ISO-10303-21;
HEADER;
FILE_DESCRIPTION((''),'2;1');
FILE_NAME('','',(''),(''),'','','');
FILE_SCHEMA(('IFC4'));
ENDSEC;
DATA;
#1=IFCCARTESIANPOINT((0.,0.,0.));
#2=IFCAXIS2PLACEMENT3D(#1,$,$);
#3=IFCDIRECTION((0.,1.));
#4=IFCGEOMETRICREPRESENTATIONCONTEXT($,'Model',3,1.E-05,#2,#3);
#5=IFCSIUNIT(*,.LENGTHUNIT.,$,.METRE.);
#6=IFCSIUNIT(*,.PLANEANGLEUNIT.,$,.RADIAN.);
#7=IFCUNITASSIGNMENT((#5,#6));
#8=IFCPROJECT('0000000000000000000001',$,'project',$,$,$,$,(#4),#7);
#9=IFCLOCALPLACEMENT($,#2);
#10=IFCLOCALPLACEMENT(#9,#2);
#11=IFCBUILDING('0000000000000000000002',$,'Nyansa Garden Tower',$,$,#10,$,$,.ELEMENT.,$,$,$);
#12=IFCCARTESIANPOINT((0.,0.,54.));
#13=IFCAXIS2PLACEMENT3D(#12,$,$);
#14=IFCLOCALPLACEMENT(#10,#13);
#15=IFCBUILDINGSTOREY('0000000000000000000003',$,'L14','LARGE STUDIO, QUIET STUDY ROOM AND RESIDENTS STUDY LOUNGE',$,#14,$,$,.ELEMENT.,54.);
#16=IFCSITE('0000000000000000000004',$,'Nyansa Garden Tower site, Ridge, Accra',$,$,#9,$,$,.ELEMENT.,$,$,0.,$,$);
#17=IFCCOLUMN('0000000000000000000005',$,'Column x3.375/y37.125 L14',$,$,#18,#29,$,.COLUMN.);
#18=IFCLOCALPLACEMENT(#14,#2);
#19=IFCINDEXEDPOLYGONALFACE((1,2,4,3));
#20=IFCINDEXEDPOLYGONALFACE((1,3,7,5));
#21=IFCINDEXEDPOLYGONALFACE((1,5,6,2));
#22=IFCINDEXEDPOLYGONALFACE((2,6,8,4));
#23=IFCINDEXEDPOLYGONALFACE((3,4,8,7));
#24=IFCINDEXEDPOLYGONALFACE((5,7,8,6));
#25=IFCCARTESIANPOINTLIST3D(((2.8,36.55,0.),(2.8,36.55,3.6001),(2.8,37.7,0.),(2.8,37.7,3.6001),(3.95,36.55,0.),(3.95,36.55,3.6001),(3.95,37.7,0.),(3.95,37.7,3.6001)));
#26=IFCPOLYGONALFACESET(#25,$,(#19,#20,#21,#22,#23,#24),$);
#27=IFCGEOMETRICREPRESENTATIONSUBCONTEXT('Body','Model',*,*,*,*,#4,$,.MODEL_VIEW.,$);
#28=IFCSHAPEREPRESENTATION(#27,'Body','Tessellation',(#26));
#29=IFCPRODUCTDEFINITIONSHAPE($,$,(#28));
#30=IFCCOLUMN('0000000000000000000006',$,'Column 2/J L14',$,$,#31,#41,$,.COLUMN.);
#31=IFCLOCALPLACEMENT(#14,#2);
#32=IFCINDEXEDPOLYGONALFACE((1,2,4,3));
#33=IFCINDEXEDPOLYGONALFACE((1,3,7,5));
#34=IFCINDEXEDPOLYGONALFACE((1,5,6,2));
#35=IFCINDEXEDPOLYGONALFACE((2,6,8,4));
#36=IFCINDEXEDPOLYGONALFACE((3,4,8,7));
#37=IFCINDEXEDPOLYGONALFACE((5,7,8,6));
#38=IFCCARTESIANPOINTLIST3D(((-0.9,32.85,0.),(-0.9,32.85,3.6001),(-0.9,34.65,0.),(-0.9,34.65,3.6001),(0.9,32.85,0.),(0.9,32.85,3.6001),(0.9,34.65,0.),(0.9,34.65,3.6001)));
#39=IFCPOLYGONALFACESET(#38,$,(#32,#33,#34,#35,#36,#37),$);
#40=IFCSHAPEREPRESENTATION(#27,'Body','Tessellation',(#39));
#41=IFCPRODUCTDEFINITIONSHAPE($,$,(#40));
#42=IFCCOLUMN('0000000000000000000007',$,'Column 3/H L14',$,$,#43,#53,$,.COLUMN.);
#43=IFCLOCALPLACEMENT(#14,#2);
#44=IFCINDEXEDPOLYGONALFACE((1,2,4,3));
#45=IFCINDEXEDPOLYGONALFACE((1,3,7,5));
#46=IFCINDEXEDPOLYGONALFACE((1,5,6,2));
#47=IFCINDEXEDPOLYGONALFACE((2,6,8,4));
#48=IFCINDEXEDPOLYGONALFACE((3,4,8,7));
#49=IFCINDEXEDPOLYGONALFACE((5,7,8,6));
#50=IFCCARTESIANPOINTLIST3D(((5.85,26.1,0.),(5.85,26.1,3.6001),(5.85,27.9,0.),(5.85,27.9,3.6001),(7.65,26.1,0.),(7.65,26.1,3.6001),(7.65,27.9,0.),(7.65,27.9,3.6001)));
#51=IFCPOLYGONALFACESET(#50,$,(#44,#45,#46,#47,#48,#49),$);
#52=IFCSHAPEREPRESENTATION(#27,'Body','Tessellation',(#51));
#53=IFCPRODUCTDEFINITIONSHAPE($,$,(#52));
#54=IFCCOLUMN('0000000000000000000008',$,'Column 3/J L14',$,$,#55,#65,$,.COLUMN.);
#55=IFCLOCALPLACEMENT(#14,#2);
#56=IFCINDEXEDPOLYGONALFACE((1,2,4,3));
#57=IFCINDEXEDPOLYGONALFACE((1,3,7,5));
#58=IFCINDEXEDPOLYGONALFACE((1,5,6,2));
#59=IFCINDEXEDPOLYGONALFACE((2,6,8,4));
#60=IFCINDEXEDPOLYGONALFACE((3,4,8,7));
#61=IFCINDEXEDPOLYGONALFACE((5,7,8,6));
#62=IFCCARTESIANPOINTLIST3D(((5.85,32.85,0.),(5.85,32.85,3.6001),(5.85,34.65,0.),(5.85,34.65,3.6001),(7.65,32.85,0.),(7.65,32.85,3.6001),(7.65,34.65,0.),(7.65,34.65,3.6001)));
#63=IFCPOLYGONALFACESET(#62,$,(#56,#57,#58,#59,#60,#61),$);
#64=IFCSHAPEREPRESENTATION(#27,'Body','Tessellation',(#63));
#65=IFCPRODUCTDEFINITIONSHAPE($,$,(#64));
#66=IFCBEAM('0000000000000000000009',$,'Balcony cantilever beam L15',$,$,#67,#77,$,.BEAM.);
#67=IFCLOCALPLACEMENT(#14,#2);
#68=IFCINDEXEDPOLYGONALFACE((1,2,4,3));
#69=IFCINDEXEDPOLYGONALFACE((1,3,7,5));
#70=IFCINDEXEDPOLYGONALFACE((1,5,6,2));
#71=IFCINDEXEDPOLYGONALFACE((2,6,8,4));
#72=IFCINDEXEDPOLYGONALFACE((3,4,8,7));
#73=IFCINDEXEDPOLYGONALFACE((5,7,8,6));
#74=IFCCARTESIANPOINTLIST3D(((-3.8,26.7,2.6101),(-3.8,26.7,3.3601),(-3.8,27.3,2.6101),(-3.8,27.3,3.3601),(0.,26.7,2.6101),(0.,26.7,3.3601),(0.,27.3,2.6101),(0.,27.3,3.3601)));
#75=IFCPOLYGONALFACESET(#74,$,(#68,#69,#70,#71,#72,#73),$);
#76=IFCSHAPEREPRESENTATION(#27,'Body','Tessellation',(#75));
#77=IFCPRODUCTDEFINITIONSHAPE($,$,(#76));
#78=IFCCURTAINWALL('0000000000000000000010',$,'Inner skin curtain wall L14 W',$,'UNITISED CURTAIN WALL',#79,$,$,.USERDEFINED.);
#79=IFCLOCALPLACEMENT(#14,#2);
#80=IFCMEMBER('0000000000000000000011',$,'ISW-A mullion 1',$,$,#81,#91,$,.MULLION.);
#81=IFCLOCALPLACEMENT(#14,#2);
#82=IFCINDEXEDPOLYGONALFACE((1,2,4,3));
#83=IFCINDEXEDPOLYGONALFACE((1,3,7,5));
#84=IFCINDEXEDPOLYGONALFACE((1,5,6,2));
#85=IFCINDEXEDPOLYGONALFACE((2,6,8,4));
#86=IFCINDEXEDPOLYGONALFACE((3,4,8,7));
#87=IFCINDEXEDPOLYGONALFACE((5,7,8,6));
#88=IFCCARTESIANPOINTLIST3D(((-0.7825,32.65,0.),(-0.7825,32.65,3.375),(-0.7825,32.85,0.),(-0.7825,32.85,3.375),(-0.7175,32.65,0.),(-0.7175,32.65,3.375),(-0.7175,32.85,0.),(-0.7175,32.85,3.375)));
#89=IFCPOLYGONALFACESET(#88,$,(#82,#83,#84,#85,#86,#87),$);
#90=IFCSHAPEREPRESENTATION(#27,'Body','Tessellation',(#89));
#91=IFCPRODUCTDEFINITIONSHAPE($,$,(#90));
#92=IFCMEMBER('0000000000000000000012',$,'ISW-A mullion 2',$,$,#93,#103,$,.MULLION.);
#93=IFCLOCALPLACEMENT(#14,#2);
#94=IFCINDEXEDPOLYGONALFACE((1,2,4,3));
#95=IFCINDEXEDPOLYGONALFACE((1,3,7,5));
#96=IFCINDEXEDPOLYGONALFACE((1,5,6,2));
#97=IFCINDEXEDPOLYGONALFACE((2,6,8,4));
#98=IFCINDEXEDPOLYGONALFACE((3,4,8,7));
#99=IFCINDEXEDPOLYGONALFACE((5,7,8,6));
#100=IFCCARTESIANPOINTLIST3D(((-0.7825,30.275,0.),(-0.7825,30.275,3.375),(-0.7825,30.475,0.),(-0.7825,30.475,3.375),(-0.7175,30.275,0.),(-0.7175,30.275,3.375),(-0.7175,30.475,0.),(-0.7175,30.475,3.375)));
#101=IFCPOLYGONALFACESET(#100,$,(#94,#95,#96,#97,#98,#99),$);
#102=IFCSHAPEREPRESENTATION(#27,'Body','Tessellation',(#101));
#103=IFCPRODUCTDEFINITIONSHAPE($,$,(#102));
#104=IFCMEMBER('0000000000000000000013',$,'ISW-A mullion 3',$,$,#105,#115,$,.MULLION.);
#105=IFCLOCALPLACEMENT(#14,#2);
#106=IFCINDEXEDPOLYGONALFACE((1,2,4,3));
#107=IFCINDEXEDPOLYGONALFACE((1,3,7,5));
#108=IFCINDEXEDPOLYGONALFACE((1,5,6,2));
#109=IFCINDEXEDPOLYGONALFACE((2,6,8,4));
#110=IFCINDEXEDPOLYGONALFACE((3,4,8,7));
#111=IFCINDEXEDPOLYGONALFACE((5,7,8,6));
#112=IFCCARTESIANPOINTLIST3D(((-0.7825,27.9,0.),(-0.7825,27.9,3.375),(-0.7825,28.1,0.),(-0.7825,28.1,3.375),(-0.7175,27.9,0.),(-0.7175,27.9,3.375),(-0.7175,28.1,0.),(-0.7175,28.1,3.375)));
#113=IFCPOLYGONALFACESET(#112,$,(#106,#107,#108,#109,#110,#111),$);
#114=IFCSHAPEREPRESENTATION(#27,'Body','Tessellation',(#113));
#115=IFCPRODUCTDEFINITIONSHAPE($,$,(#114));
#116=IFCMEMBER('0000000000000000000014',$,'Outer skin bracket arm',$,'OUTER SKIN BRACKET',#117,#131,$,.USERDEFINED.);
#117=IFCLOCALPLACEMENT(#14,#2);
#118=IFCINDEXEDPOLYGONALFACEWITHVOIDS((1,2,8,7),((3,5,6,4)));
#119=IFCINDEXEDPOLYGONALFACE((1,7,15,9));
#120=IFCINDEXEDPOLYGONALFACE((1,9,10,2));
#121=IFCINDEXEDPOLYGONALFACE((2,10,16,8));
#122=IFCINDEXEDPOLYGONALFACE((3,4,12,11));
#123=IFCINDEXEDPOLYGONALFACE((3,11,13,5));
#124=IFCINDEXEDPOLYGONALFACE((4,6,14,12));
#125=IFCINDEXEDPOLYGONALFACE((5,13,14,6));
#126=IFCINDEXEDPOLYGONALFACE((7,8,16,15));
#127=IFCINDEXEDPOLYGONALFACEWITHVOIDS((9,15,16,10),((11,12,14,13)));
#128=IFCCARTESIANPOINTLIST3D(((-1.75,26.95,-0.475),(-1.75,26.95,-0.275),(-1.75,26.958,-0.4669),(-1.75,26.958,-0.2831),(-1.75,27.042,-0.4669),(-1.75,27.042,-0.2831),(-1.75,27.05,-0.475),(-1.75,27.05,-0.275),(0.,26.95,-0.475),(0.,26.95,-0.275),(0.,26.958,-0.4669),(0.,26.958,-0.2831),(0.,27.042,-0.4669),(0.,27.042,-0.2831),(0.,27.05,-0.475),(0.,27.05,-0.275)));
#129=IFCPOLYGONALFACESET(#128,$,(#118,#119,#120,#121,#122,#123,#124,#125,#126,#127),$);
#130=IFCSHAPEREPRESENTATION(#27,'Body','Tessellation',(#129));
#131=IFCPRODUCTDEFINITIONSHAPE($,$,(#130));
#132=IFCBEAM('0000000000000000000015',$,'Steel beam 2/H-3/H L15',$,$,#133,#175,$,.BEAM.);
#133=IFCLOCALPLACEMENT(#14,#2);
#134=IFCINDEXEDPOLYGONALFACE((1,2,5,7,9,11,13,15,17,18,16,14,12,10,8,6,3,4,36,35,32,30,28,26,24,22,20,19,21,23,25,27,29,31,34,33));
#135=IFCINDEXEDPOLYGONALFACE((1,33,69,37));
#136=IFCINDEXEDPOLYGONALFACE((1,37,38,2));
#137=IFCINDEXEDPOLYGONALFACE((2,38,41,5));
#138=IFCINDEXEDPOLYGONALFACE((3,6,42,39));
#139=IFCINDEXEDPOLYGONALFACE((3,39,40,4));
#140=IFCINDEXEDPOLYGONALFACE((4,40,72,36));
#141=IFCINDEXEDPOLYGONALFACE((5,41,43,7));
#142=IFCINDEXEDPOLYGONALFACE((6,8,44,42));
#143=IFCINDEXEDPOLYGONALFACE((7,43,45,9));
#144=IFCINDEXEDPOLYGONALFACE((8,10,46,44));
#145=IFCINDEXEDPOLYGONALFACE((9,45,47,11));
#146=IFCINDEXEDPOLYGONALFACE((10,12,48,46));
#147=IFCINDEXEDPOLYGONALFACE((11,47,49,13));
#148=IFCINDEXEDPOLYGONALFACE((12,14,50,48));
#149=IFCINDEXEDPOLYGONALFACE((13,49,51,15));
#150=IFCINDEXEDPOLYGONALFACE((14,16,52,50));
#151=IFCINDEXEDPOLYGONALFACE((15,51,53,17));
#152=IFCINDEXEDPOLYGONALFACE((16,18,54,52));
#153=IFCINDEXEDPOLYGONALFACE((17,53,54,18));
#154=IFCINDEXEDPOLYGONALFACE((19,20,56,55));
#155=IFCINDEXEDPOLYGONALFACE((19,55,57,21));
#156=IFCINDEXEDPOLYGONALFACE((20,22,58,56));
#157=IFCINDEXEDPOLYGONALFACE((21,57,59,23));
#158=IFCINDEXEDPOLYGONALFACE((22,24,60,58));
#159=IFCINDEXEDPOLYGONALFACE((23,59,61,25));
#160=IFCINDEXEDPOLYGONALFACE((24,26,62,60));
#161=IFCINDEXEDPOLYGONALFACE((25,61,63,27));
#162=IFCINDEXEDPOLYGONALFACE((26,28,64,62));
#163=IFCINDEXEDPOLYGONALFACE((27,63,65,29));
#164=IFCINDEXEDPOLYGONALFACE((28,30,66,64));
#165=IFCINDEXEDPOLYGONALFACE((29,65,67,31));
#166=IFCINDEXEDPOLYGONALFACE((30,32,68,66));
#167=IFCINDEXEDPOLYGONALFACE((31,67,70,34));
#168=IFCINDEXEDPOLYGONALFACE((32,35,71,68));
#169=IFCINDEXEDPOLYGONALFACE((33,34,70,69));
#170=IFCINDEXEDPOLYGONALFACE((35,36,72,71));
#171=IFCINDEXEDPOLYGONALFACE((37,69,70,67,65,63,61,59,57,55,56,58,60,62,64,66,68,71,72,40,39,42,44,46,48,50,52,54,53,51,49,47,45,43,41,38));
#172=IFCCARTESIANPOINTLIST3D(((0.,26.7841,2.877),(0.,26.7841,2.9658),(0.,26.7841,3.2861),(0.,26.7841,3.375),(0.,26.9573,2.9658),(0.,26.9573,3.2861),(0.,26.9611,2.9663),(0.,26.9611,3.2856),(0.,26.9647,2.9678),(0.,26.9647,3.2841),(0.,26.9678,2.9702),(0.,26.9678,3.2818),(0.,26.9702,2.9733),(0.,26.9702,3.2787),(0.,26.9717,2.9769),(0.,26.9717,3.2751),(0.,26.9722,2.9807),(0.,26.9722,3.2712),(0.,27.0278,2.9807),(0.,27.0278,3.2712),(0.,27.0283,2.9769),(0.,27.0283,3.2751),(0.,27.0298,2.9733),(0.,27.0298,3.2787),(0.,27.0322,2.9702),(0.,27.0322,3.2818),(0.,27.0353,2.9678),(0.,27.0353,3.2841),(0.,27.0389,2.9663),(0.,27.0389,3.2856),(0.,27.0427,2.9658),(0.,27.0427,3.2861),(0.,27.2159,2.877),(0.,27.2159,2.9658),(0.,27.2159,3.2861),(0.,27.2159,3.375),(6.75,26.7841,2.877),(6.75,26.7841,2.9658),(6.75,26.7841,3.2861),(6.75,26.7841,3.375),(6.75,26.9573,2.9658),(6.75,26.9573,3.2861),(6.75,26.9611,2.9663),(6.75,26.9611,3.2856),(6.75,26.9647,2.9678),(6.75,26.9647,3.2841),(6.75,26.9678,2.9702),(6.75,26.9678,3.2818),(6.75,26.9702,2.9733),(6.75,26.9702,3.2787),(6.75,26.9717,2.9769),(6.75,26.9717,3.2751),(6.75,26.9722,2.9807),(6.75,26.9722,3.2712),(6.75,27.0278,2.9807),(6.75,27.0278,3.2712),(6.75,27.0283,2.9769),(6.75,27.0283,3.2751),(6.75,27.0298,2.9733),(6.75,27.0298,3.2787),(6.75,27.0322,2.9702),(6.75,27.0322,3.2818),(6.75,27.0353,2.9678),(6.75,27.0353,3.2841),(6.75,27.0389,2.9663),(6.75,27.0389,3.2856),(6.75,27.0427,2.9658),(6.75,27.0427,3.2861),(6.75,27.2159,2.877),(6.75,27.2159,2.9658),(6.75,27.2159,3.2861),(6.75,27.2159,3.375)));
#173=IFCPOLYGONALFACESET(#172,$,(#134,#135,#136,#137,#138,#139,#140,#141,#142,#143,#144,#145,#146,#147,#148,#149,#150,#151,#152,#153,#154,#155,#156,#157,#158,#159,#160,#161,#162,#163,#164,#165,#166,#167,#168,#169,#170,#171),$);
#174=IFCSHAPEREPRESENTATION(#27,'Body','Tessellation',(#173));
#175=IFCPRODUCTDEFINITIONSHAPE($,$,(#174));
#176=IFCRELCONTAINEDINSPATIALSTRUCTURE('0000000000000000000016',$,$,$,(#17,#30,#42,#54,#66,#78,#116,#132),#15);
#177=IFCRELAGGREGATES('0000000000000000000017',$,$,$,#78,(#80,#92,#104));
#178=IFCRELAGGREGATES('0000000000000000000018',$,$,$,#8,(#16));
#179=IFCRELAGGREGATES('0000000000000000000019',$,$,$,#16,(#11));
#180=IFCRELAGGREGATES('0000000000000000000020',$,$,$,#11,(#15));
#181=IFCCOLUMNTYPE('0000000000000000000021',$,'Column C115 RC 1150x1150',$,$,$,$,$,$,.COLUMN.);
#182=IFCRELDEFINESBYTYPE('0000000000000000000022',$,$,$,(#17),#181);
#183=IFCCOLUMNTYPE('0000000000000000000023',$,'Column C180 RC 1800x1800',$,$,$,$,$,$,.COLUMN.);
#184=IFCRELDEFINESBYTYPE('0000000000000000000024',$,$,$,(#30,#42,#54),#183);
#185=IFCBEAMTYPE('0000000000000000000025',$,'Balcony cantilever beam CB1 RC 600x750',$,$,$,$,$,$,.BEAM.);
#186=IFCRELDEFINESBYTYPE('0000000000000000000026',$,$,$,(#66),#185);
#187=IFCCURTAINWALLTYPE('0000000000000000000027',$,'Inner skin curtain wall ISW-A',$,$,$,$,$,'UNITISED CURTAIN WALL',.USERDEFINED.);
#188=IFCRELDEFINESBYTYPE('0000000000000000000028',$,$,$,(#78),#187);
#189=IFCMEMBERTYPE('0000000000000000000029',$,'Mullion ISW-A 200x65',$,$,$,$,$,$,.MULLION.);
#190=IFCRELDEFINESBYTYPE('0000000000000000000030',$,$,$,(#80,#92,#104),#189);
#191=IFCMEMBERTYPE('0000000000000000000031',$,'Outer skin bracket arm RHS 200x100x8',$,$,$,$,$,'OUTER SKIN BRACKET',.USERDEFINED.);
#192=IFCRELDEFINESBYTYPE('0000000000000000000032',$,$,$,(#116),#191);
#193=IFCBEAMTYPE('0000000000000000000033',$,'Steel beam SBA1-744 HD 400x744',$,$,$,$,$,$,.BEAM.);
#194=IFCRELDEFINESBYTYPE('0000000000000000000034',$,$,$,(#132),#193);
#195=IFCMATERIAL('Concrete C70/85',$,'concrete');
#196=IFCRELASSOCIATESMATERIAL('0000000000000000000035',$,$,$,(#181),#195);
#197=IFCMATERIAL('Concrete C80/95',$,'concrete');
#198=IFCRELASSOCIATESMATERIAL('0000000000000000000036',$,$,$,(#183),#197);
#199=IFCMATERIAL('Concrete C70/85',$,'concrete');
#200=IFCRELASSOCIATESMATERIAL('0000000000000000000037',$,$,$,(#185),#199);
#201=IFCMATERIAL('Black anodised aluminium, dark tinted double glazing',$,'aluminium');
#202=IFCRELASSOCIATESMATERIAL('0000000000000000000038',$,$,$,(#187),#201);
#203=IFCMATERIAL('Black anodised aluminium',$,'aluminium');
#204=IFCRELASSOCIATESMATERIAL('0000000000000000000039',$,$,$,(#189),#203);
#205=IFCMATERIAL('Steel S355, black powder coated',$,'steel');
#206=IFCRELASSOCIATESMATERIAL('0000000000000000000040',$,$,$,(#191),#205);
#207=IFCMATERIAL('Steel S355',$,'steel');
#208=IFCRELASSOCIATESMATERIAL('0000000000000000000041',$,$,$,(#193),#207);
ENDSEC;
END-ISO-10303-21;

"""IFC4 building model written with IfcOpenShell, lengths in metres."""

from ifc_helpers import new_model, si_unit, direction, frame, origin, origin_2d, place, context, subcontext, project, spatial, rectangle, hollow_rectangle, i_section, extrude, material, material_profile, profile_set, type_object, element, aggregate, save


model = new_model("IFC4")

# Units and contexts
model_context = context("Model", 3, precision=1e-05, world=origin(), true_north=direction((0.0, 1.0)))
body_context = subcontext(model_context, "Body", "Model", "MODEL_VIEW")
ifc_project = project(units=[si_unit("LENGTHUNIT", "METRE"), si_unit("PLANEANGLEUNIT", "RADIAN")], contexts=[model_context])

# Site, building, storey
site_placement = place(None, origin())
site = spatial("IfcSite", under=ifc_project, at=site_placement, Name="Nyansa Garden Tower site, Ridge, Accra", CompositionType="ELEMENT", RefElevation=0.0)
building_placement = place(site_placement, origin())
building = spatial("IfcBuilding", under=site, at=building_placement, Name="Nyansa Garden Tower", CompositionType="ELEMENT")
storey_placement = place(building_placement, frame((0.0, 0.0, 54.0)))
storey = spatial("IfcBuildingStorey", under=building, at=storey_placement, Name="L14", Description="LARGE STUDIO, QUIET STUDY ROOM AND RESIDENTS STUDY LOUNGE", CompositionType="ELEMENT", Elevation=54.0)

# Columns
ifc_material_1 = material(Name="Concrete C70/85", Category="concrete")
ifc_material_profile_1 = material_profile(ifc_material_1, rectangle(XDim=1.1499, YDim=1.1499, at=origin_2d()), Name="RC 1150x1150")
ifc_profile_set_1 = profile_set([ifc_material_profile_1], Name="Concrete C70/85")
column_type_1 = type_object("IfcColumnType", Name="Column C115 RC 1150x1150", PredefinedType="COLUMN", material=ifc_profile_set_1)
column_placement = place(storey_placement, frame((3.375, 37.125, 0.0), z_axis=(0.0, 0.0, 1.0), x_axis=(1.0, 0.0, 0.0)))
element("IfcColumn", 1, at=column_placement, inside=storey, type_object=column_type_1, Name="Column x3.375/y37.125 L14", PredefinedType="COLUMN", context=body_context, shape_type="SweptSolid", body=[
    extrude(rectangle(XDim=1.1499, YDim=1.1499, at=origin_2d()), origin(), (0.0, 0.0, 1.0), 3.6001),
])
ifc_material_2 = material(Name="Concrete C80/95", Category="concrete")
ifc_material_profile_2 = material_profile(ifc_material_2, rectangle(XDim=1.8, YDim=1.8, at=origin_2d()), Name="RC 1800x1800")
ifc_profile_set_2 = profile_set([ifc_material_profile_2], Name="Concrete C80/95")
column_type_2 = type_object("IfcColumnType", Name="Column C180 RC 1800x1800", PredefinedType="COLUMN", material=ifc_profile_set_2)
for number, where, z_axis, x_axis, name in (
    (2, (0.0, 33.75, 0.0), (0.0, 0.0, 1.0), (1.0, 0.0, 0.0), "Column 2/J L14"),
    (3, (6.75, 27.0, 0.0), (0.0, 0.0, 1.0), (1.0, 0.0, 0.0), "Column 3/H L14"),
    (4, (6.75, 33.75, 0.0), (0.0, 0.0, 1.0), (1.0, 0.0, 0.0), "Column 3/J L14"),
):
    element("IfcColumn", number, at=place(storey_placement, frame(where, z_axis=z_axis, x_axis=x_axis)), inside=storey, type_object=column_type_2, Name=name, PredefinedType="COLUMN", context=body_context, shape_type="SweptSolid", body=[
        extrude(rectangle(XDim=1.8, YDim=1.8, at=origin_2d()), origin(), (0.0, 0.0, 1.0), 3.6001),
    ])

# Beam
ifc_material_3 = material(Name="Concrete C70/85", Category="concrete")
ifc_material_profile_3 = material_profile(ifc_material_3, rectangle(XDim=0.6001, YDim=0.75, at=origin_2d()), Name="RC 600x750")
ifc_profile_set_3 = profile_set([ifc_material_profile_3], Name="Concrete C70/85")
beam_type_1 = type_object("IfcBeamType", Name="Balcony cantilever beam CB1 RC 600x750", PredefinedType="BEAM", material=ifc_profile_set_3)
beam_1_placement = place(storey_placement, frame((0.0, 27.0, 2.9851), z_axis=(-1.0, 0.0, 0.0), x_axis=(0.0, -1.0, 0.0)))
element("IfcBeam", 5, at=beam_1_placement, inside=storey, type_object=beam_type_1, Name="Balcony cantilever beam L15", PredefinedType="BEAM", context=body_context, shape_type="SweptSolid", body=[
    extrude(rectangle(XDim=0.6001, YDim=0.75, at=origin_2d()), origin(), (0.0, 0.0, 1.0), 3.8),
])

# Curtain wall, members
ifc_material_4 = material(Name="Black anodised aluminium, dark tinted double glazing", Category="aluminium")
curtain_wall_type = type_object("IfcCurtainWallType", Name="Inner skin curtain wall ISW-A", ElementType="UNITISED CURTAIN WALL", PredefinedType="USERDEFINED", material=ifc_material_4)
curtain_wall_placement = place(storey_placement, origin())
curtain_wall = element("IfcCurtainWall", 6, at=curtain_wall_placement, inside=storey, type_object=curtain_wall_type, Name="Inner skin curtain wall L14 W", ObjectType="UNITISED CURTAIN WALL", PredefinedType="USERDEFINED")
ifc_material_5 = material(Name="Black anodised aluminium", Category="aluminium")
ifc_material_profile_4 = material_profile(ifc_material_5, rectangle(XDim=0.0649, YDim=0.2, at=origin_2d()), Name="Mullion 200x65")
ifc_profile_set_4 = profile_set([ifc_material_profile_4], Name="Black anodised aluminium")
member_type_1 = type_object("IfcMemberType", Name="Mullion ISW-A 200x65", PredefinedType="MULLION", material=ifc_profile_set_4)
member_1_placement = place(storey_placement, frame((-0.75, 32.75, 0.0), z_axis=(0.0, 0.0, 1.0), x_axis=(1.0, 0.0, 0.0)))
member_1 = element("IfcMember", 7, at=member_1_placement, type_object=member_type_1, Name="ISW-A mullion 1", PredefinedType="MULLION", context=body_context, shape_type="SweptSolid", body=[
    extrude(rectangle(XDim=0.0649, YDim=0.2, at=origin_2d()), origin(), (0.0, 0.0, 1.0), 3.375),
])
member_2_placement = place(storey_placement, frame((-0.75, 30.375, 0.0), z_axis=(0.0, 0.0, 1.0), x_axis=(1.0, 0.0, 0.0)))
member_2 = element("IfcMember", 8, at=member_2_placement, type_object=member_type_1, Name="ISW-A mullion 2", PredefinedType="MULLION", context=body_context, shape_type="SweptSolid", body=[
    extrude(rectangle(XDim=0.0649, YDim=0.2, at=origin_2d()), origin(), (0.0, 0.0, 1.0), 3.375),
])
member_3_placement = place(storey_placement, frame((-0.75, 28.0, 0.0), z_axis=(0.0, 0.0, 1.0), x_axis=(1.0, 0.0, 0.0)))
member_3 = element("IfcMember", 9, at=member_3_placement, type_object=member_type_1, Name="ISW-A mullion 3", PredefinedType="MULLION", context=body_context, shape_type="SweptSolid", body=[
    extrude(rectangle(XDim=0.0649, YDim=0.2, at=origin_2d()), origin(), (0.0, 0.0, 1.0), 3.375),
])

# Member
ifc_material_6 = material(Name="Steel S355, black powder coated", Category="steel")
ifc_material_profile_5 = material_profile(ifc_material_6, hollow_rectangle(XDim=0.1001, YDim=0.2, WallThickness=0.0081, at=origin_2d()), Name="RHS 200x100x8")
ifc_profile_set_5 = profile_set([ifc_material_profile_5], Name="Steel S355, black powder coated")
member_type_2 = type_object("IfcMemberType", Name="Outer skin bracket arm RHS 200x100x8", ElementType="OUTER SKIN BRACKET", PredefinedType="USERDEFINED", material=ifc_profile_set_5)
member_4_placement = place(storey_placement, frame((0.0, 27.0, -0.375), z_axis=(-1.0, 0.0, 0.0), x_axis=(0.0, -1.0, 0.0)))
element("IfcMember", 10, at=member_4_placement, inside=storey, type_object=member_type_2, Name="Outer skin bracket arm", ObjectType="OUTER SKIN BRACKET", PredefinedType="USERDEFINED", context=body_context, shape_type="SweptSolid", body=[
    extrude(hollow_rectangle(XDim=0.1001, YDim=0.2, WallThickness=0.0081, at=origin_2d()), origin(), (0.0, 0.0, 1.0), 1.75),
])

# Beam
ifc_material_7 = material(Name="Steel S355", Category="steel")
ifc_material_profile_6 = material_profile(ifc_material_7, i_section(OverallWidth=0.4319, OverallDepth=0.498, WebThickness=0.0557, FlangeThickness=0.0889, FilletRadius=0.0149, at=origin_2d()), Name="HD 400x744")
ifc_profile_set_6 = profile_set([ifc_material_profile_6], Name="Steel S355")
beam_type_2 = type_object("IfcBeamType", Name="Steel beam SBA1-744 HD 400x744", PredefinedType="BEAM", material=ifc_profile_set_6)
for number, where, z_axis, x_axis, name in (
    (11, (0.0, 27.0, 3.126), (1.0, 0.0, 0.0), (0.0, 1.0, 0.0), "Steel beam 2/H-3/H L15"),
):
    element("IfcBeam", number, at=place(storey_placement, frame(where, z_axis=z_axis, x_axis=x_axis)), inside=storey, type_object=beam_type_2, Name=name, PredefinedType="BEAM", context=body_context, shape_type="SweptSolid", body=[
        extrude(i_section(OverallWidth=0.4319, OverallDepth=0.498, WebThickness=0.0557, FlangeThickness=0.0889, FilletRadius=0.0149, at=origin_2d()), origin(), (0.0, 0.0, 1.0), 6.75),
    ])

aggregate(curtain_wall, [member_1, member_2, member_3])

save(model, "model.ifc")
